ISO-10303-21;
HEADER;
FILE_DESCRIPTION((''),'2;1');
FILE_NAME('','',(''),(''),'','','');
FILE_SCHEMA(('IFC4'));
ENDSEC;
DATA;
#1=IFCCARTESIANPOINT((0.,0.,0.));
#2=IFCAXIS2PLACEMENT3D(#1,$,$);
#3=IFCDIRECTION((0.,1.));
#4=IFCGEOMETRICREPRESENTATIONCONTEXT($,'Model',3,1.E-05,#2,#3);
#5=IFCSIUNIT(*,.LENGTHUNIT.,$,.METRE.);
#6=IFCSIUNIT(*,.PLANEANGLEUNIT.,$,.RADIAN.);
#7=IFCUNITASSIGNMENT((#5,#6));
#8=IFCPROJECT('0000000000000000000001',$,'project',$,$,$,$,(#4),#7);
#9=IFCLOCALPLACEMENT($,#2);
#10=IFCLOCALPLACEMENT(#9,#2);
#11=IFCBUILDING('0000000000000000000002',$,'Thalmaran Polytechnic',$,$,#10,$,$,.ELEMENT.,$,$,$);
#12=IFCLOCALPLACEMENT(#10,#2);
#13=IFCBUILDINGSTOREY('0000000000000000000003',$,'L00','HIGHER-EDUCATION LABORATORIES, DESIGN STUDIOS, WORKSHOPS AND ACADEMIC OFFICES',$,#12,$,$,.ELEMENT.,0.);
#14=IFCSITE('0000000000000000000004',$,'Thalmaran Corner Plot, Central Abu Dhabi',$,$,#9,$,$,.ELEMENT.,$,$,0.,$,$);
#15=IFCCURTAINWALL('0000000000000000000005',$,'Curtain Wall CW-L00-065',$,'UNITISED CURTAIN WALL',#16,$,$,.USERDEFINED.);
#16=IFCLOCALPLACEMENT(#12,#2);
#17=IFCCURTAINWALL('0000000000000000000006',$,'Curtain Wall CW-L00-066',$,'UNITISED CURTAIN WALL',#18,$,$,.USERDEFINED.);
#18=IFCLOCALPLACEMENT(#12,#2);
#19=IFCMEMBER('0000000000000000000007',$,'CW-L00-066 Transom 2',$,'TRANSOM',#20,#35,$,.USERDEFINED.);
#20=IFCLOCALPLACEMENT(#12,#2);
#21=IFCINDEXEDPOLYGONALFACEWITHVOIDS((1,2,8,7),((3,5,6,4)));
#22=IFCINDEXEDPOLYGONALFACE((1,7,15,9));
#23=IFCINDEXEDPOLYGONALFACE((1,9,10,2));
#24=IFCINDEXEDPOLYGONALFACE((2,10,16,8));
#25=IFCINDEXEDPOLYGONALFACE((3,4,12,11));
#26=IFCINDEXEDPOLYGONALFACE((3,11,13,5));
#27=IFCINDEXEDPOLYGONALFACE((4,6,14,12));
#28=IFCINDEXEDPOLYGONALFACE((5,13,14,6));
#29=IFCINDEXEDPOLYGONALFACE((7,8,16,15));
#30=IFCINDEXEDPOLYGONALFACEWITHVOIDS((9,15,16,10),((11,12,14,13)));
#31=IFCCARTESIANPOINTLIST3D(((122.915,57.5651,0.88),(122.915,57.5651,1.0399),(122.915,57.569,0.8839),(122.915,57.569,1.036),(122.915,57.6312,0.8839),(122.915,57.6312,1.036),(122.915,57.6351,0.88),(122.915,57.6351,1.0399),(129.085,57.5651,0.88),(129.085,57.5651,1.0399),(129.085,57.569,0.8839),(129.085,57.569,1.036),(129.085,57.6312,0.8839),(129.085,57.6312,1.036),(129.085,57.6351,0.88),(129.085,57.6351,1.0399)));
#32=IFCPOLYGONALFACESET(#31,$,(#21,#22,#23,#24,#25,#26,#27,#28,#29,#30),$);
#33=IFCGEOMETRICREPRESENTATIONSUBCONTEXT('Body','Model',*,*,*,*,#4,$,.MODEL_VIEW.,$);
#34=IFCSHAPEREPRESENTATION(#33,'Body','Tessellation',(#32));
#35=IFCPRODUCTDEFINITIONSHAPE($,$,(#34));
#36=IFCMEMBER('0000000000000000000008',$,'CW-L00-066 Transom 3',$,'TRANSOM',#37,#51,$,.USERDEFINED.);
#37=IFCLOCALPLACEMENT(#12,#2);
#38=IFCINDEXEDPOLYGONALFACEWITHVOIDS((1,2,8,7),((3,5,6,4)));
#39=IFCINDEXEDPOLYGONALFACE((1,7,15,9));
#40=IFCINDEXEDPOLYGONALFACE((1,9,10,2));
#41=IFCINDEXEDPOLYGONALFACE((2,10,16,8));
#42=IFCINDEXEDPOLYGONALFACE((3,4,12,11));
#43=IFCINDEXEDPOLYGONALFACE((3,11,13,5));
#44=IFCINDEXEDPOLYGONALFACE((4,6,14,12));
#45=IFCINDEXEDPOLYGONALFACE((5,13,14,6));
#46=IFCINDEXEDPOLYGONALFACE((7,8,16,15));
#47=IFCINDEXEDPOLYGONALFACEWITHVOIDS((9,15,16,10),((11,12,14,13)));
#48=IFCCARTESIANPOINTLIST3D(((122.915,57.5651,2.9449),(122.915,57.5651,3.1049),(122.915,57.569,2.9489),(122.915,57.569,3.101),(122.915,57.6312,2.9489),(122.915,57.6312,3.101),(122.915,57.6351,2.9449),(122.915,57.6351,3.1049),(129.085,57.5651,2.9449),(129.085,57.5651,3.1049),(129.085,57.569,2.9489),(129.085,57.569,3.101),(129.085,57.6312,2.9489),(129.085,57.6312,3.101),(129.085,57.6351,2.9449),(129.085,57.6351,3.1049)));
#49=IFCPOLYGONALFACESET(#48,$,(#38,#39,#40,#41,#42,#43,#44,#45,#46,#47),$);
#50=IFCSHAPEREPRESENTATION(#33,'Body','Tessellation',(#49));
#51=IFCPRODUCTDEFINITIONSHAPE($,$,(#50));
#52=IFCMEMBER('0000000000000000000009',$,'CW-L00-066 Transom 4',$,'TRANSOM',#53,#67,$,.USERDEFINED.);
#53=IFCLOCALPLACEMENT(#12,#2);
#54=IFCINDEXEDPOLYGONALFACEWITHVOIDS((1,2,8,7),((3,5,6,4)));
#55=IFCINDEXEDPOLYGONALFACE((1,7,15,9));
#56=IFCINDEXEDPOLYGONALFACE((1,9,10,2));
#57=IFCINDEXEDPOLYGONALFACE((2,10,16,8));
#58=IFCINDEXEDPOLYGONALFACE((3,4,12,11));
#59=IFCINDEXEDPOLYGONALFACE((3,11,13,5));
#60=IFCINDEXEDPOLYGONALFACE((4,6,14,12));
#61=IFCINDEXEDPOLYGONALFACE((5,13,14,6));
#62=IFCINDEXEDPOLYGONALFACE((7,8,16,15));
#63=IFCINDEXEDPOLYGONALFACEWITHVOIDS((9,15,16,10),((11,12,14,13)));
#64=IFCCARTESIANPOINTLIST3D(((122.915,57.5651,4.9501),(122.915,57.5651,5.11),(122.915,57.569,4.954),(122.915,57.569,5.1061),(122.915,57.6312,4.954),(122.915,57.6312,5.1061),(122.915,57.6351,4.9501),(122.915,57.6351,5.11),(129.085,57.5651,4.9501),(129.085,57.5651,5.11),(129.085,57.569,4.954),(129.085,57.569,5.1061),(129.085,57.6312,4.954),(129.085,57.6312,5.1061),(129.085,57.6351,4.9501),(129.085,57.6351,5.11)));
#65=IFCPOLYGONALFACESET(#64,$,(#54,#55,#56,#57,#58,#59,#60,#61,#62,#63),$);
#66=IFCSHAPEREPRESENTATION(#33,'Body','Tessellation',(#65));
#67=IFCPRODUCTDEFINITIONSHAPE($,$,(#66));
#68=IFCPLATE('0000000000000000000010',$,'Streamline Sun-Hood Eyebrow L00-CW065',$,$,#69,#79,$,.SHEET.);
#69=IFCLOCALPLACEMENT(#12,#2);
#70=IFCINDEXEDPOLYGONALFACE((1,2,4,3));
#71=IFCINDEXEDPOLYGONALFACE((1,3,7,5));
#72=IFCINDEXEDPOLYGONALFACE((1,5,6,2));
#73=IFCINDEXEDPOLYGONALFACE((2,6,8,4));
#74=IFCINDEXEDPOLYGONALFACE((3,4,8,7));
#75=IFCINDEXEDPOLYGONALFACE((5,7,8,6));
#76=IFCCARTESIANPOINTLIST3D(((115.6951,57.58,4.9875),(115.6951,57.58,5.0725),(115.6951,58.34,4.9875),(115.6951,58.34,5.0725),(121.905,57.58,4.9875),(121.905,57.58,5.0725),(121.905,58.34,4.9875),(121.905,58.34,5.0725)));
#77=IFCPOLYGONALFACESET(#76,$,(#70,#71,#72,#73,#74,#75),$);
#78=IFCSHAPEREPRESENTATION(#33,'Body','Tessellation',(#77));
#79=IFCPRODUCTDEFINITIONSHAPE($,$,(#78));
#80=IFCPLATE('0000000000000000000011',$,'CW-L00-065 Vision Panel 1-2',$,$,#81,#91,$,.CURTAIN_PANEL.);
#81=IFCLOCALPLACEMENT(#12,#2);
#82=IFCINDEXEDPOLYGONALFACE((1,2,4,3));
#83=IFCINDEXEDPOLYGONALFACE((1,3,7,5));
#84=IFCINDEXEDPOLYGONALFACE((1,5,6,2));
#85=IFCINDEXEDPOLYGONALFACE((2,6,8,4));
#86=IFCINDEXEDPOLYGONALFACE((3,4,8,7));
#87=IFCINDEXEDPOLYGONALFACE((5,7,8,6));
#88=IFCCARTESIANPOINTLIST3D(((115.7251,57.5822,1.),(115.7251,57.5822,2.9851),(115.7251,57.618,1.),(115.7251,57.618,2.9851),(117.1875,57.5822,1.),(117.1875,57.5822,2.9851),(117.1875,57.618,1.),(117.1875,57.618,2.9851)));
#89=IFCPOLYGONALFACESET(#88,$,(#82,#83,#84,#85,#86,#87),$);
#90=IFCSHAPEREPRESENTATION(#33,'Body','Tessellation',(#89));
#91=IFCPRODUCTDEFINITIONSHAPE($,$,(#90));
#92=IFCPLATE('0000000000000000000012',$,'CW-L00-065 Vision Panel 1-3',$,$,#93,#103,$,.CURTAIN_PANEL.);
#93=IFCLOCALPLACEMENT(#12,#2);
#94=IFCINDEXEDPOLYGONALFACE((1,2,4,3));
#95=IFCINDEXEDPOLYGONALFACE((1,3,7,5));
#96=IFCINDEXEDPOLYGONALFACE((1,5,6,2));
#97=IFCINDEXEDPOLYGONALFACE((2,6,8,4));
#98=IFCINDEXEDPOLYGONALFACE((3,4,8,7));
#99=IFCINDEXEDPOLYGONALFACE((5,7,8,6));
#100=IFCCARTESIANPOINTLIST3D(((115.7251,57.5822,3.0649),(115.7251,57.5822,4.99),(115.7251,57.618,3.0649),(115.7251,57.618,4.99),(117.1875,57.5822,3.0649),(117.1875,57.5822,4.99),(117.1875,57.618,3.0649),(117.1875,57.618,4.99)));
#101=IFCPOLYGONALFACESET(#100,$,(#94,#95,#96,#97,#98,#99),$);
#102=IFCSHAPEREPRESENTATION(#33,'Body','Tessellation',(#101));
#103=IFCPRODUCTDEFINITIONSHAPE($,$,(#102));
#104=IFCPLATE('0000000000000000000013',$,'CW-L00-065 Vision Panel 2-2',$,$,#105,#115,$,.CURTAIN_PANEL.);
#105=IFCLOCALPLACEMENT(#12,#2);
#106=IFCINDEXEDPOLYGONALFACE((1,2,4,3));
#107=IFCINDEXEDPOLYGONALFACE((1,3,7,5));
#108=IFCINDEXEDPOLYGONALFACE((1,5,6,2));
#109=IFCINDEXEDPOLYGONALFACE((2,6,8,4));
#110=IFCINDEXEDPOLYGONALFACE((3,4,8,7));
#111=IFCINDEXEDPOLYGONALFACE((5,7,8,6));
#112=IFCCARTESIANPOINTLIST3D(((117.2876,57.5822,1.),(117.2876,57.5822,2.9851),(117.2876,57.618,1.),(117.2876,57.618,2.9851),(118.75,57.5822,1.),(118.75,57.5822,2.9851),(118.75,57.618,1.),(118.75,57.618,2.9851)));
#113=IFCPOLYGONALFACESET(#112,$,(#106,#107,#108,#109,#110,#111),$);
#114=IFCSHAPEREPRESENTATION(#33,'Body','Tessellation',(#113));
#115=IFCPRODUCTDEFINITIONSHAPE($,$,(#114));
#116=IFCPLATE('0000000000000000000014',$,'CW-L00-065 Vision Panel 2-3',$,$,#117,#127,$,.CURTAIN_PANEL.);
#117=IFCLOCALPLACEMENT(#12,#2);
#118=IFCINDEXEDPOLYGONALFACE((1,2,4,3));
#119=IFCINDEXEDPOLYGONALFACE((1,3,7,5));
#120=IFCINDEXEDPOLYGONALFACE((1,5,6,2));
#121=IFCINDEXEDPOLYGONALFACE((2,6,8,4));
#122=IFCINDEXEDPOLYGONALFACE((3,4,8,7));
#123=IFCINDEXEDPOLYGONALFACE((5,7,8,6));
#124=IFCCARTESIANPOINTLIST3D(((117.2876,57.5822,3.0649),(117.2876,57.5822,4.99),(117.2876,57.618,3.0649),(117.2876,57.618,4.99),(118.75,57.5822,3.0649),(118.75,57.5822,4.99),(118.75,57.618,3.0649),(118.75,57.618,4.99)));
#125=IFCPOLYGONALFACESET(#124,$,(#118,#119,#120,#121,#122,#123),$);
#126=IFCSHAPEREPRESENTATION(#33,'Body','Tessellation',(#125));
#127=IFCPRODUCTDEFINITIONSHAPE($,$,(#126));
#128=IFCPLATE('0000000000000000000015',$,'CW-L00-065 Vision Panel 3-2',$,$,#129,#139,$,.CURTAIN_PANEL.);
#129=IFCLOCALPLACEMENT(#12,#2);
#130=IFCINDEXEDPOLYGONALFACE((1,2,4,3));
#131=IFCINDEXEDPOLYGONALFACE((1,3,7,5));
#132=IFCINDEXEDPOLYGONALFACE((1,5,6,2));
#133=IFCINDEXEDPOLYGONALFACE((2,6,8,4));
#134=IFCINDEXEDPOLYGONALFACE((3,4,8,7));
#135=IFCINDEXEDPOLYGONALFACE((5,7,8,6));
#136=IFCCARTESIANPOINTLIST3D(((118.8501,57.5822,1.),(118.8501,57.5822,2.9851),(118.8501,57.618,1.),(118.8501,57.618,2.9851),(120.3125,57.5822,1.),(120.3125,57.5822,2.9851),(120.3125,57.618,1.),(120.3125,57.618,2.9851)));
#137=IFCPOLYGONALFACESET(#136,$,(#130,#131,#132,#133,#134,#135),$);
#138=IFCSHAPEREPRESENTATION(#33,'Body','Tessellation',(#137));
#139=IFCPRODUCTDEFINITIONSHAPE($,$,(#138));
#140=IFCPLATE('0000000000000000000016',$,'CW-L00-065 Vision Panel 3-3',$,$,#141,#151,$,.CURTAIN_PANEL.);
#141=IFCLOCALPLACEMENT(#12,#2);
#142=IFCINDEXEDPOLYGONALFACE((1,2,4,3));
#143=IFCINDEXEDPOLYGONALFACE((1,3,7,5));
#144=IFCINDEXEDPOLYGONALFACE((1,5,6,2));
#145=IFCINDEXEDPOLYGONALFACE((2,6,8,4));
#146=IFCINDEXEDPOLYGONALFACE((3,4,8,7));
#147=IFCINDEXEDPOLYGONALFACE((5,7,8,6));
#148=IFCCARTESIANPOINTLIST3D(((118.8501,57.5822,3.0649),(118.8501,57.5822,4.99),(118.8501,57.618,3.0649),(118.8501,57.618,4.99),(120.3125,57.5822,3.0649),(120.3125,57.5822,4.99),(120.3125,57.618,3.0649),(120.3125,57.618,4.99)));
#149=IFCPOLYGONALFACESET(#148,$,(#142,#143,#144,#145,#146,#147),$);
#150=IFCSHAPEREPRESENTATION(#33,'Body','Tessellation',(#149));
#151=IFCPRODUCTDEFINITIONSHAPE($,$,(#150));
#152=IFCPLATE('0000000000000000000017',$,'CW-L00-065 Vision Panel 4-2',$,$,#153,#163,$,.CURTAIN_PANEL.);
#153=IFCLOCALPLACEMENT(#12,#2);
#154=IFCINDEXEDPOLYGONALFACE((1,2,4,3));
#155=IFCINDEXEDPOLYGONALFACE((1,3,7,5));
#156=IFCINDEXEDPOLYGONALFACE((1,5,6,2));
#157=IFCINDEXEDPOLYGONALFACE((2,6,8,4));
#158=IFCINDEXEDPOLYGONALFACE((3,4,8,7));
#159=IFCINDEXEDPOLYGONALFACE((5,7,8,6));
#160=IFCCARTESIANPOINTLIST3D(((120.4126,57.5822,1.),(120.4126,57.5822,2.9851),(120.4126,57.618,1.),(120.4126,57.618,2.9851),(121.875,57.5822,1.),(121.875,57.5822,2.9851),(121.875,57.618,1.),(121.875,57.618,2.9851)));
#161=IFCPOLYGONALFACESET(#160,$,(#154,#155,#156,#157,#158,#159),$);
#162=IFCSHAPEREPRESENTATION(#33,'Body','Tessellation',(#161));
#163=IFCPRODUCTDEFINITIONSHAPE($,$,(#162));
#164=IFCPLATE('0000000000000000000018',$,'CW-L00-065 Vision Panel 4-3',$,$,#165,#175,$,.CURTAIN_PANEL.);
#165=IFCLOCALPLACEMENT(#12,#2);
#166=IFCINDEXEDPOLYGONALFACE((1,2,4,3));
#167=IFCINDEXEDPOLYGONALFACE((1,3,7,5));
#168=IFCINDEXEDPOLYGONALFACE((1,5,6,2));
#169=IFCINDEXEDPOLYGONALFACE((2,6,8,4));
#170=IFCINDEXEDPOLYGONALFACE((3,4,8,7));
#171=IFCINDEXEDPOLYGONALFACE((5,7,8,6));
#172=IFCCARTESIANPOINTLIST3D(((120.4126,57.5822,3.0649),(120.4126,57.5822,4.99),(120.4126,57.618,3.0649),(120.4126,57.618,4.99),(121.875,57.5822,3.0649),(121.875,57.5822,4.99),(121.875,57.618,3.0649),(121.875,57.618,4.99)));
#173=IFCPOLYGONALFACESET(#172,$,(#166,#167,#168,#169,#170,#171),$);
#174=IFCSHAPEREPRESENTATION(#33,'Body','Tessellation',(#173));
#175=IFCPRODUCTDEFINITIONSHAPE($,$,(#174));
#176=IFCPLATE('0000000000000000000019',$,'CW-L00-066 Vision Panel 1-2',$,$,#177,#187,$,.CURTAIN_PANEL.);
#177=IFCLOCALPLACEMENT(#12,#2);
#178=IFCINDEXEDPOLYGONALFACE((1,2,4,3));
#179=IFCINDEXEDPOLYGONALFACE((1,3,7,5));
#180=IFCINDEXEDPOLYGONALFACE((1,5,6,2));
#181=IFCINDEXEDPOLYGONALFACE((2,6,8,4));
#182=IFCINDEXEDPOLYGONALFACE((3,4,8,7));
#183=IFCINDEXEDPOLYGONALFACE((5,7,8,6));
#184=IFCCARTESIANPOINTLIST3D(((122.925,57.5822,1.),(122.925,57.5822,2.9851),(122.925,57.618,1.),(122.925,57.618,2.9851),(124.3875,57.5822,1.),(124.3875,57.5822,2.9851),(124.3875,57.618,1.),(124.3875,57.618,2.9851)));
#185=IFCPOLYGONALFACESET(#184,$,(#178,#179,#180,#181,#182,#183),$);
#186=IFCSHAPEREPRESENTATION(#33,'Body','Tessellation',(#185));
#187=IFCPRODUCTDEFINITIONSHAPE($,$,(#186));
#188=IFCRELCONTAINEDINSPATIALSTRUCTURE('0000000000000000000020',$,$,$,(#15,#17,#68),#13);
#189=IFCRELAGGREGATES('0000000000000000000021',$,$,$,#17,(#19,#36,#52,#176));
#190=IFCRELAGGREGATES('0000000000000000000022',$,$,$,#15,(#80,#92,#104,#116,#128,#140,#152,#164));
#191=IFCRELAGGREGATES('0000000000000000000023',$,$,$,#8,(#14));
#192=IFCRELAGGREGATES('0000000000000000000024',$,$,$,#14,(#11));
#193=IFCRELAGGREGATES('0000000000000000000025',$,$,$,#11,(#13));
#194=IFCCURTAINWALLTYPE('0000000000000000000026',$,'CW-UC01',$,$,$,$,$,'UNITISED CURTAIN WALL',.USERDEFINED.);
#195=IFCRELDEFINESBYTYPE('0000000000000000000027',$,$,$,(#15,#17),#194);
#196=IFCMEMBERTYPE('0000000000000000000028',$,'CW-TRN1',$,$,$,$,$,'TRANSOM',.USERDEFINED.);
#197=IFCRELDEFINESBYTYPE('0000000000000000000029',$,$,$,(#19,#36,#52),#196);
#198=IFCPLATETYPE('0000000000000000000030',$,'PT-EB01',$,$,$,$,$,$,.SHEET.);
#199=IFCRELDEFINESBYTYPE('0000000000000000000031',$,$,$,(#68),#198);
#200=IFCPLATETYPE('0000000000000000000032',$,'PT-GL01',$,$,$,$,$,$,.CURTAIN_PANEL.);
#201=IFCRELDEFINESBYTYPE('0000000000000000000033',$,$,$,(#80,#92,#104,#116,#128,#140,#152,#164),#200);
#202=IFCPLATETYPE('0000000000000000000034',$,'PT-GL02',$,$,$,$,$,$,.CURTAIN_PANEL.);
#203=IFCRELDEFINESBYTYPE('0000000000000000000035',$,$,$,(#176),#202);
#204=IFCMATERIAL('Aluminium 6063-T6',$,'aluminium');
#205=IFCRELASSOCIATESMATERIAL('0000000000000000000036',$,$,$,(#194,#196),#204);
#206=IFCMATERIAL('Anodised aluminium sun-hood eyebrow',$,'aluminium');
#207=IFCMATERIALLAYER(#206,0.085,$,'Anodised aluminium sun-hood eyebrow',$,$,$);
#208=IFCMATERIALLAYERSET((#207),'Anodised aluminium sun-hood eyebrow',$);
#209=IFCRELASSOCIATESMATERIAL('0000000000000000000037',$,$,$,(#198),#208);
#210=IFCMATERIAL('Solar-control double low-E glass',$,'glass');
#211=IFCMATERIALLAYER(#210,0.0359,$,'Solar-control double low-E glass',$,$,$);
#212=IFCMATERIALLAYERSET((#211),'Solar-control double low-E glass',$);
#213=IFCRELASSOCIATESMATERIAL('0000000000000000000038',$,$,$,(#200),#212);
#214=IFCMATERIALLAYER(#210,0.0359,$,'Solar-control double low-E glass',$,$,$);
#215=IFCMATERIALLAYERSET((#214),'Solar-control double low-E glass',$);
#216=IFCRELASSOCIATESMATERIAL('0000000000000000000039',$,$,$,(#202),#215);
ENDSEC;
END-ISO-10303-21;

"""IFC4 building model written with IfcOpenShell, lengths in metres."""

from ifc_helpers import new_model, si_unit, direction, frame, origin, origin_2d, place, context, subcontext, project, spatial, rectangle, hollow_rectangle, extrude, material, layer, layer_set, material_profile, profile_set, type_object, element, aggregate, save


model = new_model("IFC4")

# Units and contexts
model_context = context("Model", 3, precision=1e-05, world=origin(), true_north=direction((0.0, 1.0)))
body_context = subcontext(model_context, "Body", "Model", "MODEL_VIEW")
ifc_project = project(units=[si_unit("LENGTHUNIT", "METRE"), si_unit("PLANEANGLEUNIT", "RADIAN")], contexts=[model_context])

# Site, building, storey
site_placement = place(None, origin())
site = spatial("IfcSite", under=ifc_project, at=site_placement, Name="Thalmaran Corner Plot, Central Abu Dhabi", CompositionType="ELEMENT", RefElevation=0.0)
building_placement = place(site_placement, origin())
building = spatial("IfcBuilding", under=site, at=building_placement, Name="Thalmaran Polytechnic", CompositionType="ELEMENT")
storey_placement = place(building_placement, origin())
storey = spatial("IfcBuildingStorey", under=building, at=storey_placement, Name="L00", Description="HIGHER-EDUCATION LABORATORIES, DESIGN STUDIOS, WORKSHOPS AND ACADEMIC OFFICES", CompositionType="ELEMENT", Elevation=0.0)

# Curtain walls, members
ifc_material_1 = material(Name="Aluminium 6063-T6", Category="aluminium")
curtain_wall_type = type_object("IfcCurtainWallType", Name="CW-UC01", ElementType="UNITISED CURTAIN WALL", PredefinedType="USERDEFINED", material=ifc_material_1)
curtain_wall_1_placement = place(storey_placement, origin())
curtain_wall_1 = element("IfcCurtainWall", 1, at=curtain_wall_1_placement, inside=storey, type_object=curtain_wall_type, Name="Curtain Wall CW-L00-065", ObjectType="UNITISED CURTAIN WALL", PredefinedType="USERDEFINED")
curtain_wall_2_placement = place(storey_placement, origin())
curtain_wall_2 = element("IfcCurtainWall", 2, at=curtain_wall_2_placement, inside=storey, type_object=curtain_wall_type, Name="Curtain Wall CW-L00-066", ObjectType="UNITISED CURTAIN WALL", PredefinedType="USERDEFINED")
ifc_material_profile_1 = material_profile(ifc_material_1, hollow_rectangle(XDim=0.0701, YDim=0.1599, WallThickness=0.0039, at=origin_2d()), Name="AL 160x70x4.0")
ifc_profile_set_1 = profile_set([ifc_material_profile_1], Name="Aluminium 6063-T6")
member_type_1 = type_object("IfcMemberType", Name="CW-TRN1", ElementType="TRANSOM", PredefinedType="USERDEFINED", material=ifc_profile_set_1)
member_1_placement = place(storey_placement, frame((122.915, 57.6001, 0.96), z_axis=(1.0, 0.0, 0.0), x_axis=(0.0, 1.0, 0.0)))
member_1 = element("IfcMember", 3, at=member_1_placement, type_object=member_type_1, Name="CW-L00-066 Transom 2", ObjectType="TRANSOM", PredefinedType="USERDEFINED", context=body_context, shape_type="SweptSolid", body=[
    extrude(hollow_rectangle(XDim=0.0701, YDim=0.1599, WallThickness=0.0039, at=origin_2d()), origin(), (0.0, 0.0, 1.0), 6.1699),
])
member_2_placement = place(storey_placement, frame((122.915, 57.6001, 3.0249), z_axis=(1.0, 0.0, 0.0), x_axis=(0.0, 1.0, 0.0)))
member_2 = element("IfcMember", 4, at=member_2_placement, type_object=member_type_1, Name="CW-L00-066 Transom 3", ObjectType="TRANSOM", PredefinedType="USERDEFINED", context=body_context, shape_type="SweptSolid", body=[
    extrude(hollow_rectangle(XDim=0.0701, YDim=0.1599, WallThickness=0.0039, at=origin_2d()), origin(), (0.0, 0.0, 1.0), 6.1699),
])
member_3_placement = place(storey_placement, frame((122.915, 57.6001, 5.03), z_axis=(1.0, 0.0, 0.0), x_axis=(0.0, 1.0, 0.0)))
member_3 = element("IfcMember", 5, at=member_3_placement, type_object=member_type_1, Name="CW-L00-066 Transom 4", ObjectType="TRANSOM", PredefinedType="USERDEFINED", context=body_context, shape_type="SweptSolid", body=[
    extrude(hollow_rectangle(XDim=0.0701, YDim=0.1599, WallThickness=0.0039, at=origin_2d()), origin(), (0.0, 0.0, 1.0), 6.1699),
])

# Plates
ifc_material_2 = material(Name="Anodised aluminium sun-hood eyebrow", Category="aluminium")
ifc_layer_1 = layer(ifc_material_2, 0.085, Name="Anodised aluminium sun-hood eyebrow")
ifc_layer_set_1 = layer_set([ifc_layer_1], Name="Anodised aluminium sun-hood eyebrow")
plate_type_1 = type_object("IfcPlateType", Name="PT-EB01", PredefinedType="SHEET", material=ifc_layer_set_1)
plate_1_placement = place(storey_placement, frame((118.8, 57.96, 4.9875), z_axis=(0.0, 0.0, 1.0), x_axis=(1.0, 0.0, 0.0)))
element("IfcPlate", 6, at=plate_1_placement, inside=storey, type_object=plate_type_1, Name="Streamline Sun-Hood Eyebrow L00-CW065", PredefinedType="SHEET", context=body_context, shape_type="SweptSolid", body=[
    extrude(rectangle(XDim=6.21, YDim=0.76, at=origin_2d()), origin(), (0.0, 0.0, 1.0), 0.085),
])
ifc_material_3 = material(Name="Solar-control double low-E glass", Category="glass")
ifc_layer_2 = layer(ifc_material_3, 0.0359, Name="Solar-control double low-E glass")
ifc_layer_set_2 = layer_set([ifc_layer_2], Name="Solar-control double low-E glass")
plate_type_2 = type_object("IfcPlateType", Name="PT-GL01", PredefinedType="CURTAIN_PANEL", material=ifc_layer_set_2)
plate_2_placement = place(storey_placement, frame((116.4563, 57.6001, 1.0), z_axis=(0.0, 0.0, 1.0), x_axis=(1.0, 0.0, 0.0)))
plate_2 = element("IfcPlate", 7, at=plate_2_placement, type_object=plate_type_2, Name="CW-L00-065 Vision Panel 1-2", PredefinedType="CURTAIN_PANEL", context=body_context, shape_type="SweptSolid", body=[
    extrude(rectangle(XDim=1.4624, YDim=0.0359, at=origin_2d()), origin(), (0.0, 0.0, 1.0), 1.9851),
])
plate_3_placement = place(storey_placement, frame((116.4563, 57.6001, 3.0649), z_axis=(0.0, 0.0, 1.0), x_axis=(1.0, 0.0, 0.0)))
plate_3 = element("IfcPlate", 8, at=plate_3_placement, type_object=plate_type_2, Name="CW-L00-065 Vision Panel 1-3", PredefinedType="CURTAIN_PANEL", context=body_context, shape_type="SweptSolid", body=[
    extrude(rectangle(XDim=1.4624, YDim=0.0359, at=origin_2d()), origin(), (0.0, 0.0, 1.0), 1.925),
])
plate_4_placement = place(storey_placement, frame((118.0188, 57.6001, 1.0), z_axis=(0.0, 0.0, 1.0), x_axis=(1.0, 0.0, 0.0)))
plate_4 = element("IfcPlate", 9, at=plate_4_placement, type_object=plate_type_2, Name="CW-L00-065 Vision Panel 2-2", PredefinedType="CURTAIN_PANEL", context=body_context, shape_type="SweptSolid", body=[
    extrude(rectangle(XDim=1.4624, YDim=0.0359, at=origin_2d()), origin(), (0.0, 0.0, 1.0), 1.9851),
])
plate_5_placement = place(storey_placement, frame((118.0188, 57.6001, 3.0649), z_axis=(0.0, 0.0, 1.0), x_axis=(1.0, 0.0, 0.0)))
plate_5 = element("IfcPlate", 10, at=plate_5_placement, type_object=plate_type_2, Name="CW-L00-065 Vision Panel 2-3", PredefinedType="CURTAIN_PANEL", context=body_context, shape_type="SweptSolid", body=[
    extrude(rectangle(XDim=1.4624, YDim=0.0359, at=origin_2d()), origin(), (0.0, 0.0, 1.0), 1.925),
])
plate_6_placement = place(storey_placement, frame((119.5813, 57.6001, 1.0), z_axis=(0.0, 0.0, 1.0), x_axis=(1.0, 0.0, 0.0)))
plate_6 = element("IfcPlate", 11, at=plate_6_placement, type_object=plate_type_2, Name="CW-L00-065 Vision Panel 3-2", PredefinedType="CURTAIN_PANEL", context=body_context, shape_type="SweptSolid", body=[
    extrude(rectangle(XDim=1.4624, YDim=0.0359, at=origin_2d()), origin(), (0.0, 0.0, 1.0), 1.9851),
])
plate_7_placement = place(storey_placement, frame((119.5813, 57.6001, 3.0649), z_axis=(0.0, 0.0, 1.0), x_axis=(1.0, 0.0, 0.0)))
plate_7 = element("IfcPlate", 12, at=plate_7_placement, type_object=plate_type_2, Name="CW-L00-065 Vision Panel 3-3", PredefinedType="CURTAIN_PANEL", context=body_context, shape_type="SweptSolid", body=[
    extrude(rectangle(XDim=1.4624, YDim=0.0359, at=origin_2d()), origin(), (0.0, 0.0, 1.0), 1.925),
])
plate_8_placement = place(storey_placement, frame((121.1438, 57.6001, 1.0), z_axis=(0.0, 0.0, 1.0), x_axis=(1.0, 0.0, 0.0)))
plate_8 = element("IfcPlate", 13, at=plate_8_placement, type_object=plate_type_2, Name="CW-L00-065 Vision Panel 4-2", PredefinedType="CURTAIN_PANEL", context=body_context, shape_type="SweptSolid", body=[
    extrude(rectangle(XDim=1.4624, YDim=0.0359, at=origin_2d()), origin(), (0.0, 0.0, 1.0), 1.9851),
])
plate_9_placement = place(storey_placement, frame((121.1438, 57.6001, 3.0649), z_axis=(0.0, 0.0, 1.0), x_axis=(1.0, 0.0, 0.0)))
plate_9 = element("IfcPlate", 14, at=plate_9_placement, type_object=plate_type_2, Name="CW-L00-065 Vision Panel 4-3", PredefinedType="CURTAIN_PANEL", context=body_context, shape_type="SweptSolid", body=[
    extrude(rectangle(XDim=1.4624, YDim=0.0359, at=origin_2d()), origin(), (0.0, 0.0, 1.0), 1.925),
])
ifc_layer_3 = layer(ifc_material_3, 0.0359, Name="Solar-control double low-E glass")
ifc_layer_set_3 = layer_set([ifc_layer_3], Name="Solar-control double low-E glass")
plate_type_3 = type_object("IfcPlateType", Name="PT-GL02", PredefinedType="CURTAIN_PANEL", material=ifc_layer_set_3)
plate_10_placement = place(storey_placement, frame((123.6562, 57.6001, 1.0), z_axis=(0.0, 0.0, 1.0), x_axis=(1.0, 0.0, 0.0)))
plate_10 = element("IfcPlate", 15, at=plate_10_placement, type_object=plate_type_3, Name="CW-L00-066 Vision Panel 1-2", PredefinedType="CURTAIN_PANEL", context=body_context, shape_type="SweptSolid", body=[
    extrude(rectangle(XDim=1.4624, YDim=0.0359, at=origin_2d()), origin(), (0.0, 0.0, 1.0), 1.9851),
])
aggregate(curtain_wall_2, [member_1, member_2, member_3, plate_10])
aggregate(curtain_wall_1, [plate_2, plate_3, plate_4, plate_5, plate_6, plate_7, plate_8, plate_9])

save(model, "model.ifc")
